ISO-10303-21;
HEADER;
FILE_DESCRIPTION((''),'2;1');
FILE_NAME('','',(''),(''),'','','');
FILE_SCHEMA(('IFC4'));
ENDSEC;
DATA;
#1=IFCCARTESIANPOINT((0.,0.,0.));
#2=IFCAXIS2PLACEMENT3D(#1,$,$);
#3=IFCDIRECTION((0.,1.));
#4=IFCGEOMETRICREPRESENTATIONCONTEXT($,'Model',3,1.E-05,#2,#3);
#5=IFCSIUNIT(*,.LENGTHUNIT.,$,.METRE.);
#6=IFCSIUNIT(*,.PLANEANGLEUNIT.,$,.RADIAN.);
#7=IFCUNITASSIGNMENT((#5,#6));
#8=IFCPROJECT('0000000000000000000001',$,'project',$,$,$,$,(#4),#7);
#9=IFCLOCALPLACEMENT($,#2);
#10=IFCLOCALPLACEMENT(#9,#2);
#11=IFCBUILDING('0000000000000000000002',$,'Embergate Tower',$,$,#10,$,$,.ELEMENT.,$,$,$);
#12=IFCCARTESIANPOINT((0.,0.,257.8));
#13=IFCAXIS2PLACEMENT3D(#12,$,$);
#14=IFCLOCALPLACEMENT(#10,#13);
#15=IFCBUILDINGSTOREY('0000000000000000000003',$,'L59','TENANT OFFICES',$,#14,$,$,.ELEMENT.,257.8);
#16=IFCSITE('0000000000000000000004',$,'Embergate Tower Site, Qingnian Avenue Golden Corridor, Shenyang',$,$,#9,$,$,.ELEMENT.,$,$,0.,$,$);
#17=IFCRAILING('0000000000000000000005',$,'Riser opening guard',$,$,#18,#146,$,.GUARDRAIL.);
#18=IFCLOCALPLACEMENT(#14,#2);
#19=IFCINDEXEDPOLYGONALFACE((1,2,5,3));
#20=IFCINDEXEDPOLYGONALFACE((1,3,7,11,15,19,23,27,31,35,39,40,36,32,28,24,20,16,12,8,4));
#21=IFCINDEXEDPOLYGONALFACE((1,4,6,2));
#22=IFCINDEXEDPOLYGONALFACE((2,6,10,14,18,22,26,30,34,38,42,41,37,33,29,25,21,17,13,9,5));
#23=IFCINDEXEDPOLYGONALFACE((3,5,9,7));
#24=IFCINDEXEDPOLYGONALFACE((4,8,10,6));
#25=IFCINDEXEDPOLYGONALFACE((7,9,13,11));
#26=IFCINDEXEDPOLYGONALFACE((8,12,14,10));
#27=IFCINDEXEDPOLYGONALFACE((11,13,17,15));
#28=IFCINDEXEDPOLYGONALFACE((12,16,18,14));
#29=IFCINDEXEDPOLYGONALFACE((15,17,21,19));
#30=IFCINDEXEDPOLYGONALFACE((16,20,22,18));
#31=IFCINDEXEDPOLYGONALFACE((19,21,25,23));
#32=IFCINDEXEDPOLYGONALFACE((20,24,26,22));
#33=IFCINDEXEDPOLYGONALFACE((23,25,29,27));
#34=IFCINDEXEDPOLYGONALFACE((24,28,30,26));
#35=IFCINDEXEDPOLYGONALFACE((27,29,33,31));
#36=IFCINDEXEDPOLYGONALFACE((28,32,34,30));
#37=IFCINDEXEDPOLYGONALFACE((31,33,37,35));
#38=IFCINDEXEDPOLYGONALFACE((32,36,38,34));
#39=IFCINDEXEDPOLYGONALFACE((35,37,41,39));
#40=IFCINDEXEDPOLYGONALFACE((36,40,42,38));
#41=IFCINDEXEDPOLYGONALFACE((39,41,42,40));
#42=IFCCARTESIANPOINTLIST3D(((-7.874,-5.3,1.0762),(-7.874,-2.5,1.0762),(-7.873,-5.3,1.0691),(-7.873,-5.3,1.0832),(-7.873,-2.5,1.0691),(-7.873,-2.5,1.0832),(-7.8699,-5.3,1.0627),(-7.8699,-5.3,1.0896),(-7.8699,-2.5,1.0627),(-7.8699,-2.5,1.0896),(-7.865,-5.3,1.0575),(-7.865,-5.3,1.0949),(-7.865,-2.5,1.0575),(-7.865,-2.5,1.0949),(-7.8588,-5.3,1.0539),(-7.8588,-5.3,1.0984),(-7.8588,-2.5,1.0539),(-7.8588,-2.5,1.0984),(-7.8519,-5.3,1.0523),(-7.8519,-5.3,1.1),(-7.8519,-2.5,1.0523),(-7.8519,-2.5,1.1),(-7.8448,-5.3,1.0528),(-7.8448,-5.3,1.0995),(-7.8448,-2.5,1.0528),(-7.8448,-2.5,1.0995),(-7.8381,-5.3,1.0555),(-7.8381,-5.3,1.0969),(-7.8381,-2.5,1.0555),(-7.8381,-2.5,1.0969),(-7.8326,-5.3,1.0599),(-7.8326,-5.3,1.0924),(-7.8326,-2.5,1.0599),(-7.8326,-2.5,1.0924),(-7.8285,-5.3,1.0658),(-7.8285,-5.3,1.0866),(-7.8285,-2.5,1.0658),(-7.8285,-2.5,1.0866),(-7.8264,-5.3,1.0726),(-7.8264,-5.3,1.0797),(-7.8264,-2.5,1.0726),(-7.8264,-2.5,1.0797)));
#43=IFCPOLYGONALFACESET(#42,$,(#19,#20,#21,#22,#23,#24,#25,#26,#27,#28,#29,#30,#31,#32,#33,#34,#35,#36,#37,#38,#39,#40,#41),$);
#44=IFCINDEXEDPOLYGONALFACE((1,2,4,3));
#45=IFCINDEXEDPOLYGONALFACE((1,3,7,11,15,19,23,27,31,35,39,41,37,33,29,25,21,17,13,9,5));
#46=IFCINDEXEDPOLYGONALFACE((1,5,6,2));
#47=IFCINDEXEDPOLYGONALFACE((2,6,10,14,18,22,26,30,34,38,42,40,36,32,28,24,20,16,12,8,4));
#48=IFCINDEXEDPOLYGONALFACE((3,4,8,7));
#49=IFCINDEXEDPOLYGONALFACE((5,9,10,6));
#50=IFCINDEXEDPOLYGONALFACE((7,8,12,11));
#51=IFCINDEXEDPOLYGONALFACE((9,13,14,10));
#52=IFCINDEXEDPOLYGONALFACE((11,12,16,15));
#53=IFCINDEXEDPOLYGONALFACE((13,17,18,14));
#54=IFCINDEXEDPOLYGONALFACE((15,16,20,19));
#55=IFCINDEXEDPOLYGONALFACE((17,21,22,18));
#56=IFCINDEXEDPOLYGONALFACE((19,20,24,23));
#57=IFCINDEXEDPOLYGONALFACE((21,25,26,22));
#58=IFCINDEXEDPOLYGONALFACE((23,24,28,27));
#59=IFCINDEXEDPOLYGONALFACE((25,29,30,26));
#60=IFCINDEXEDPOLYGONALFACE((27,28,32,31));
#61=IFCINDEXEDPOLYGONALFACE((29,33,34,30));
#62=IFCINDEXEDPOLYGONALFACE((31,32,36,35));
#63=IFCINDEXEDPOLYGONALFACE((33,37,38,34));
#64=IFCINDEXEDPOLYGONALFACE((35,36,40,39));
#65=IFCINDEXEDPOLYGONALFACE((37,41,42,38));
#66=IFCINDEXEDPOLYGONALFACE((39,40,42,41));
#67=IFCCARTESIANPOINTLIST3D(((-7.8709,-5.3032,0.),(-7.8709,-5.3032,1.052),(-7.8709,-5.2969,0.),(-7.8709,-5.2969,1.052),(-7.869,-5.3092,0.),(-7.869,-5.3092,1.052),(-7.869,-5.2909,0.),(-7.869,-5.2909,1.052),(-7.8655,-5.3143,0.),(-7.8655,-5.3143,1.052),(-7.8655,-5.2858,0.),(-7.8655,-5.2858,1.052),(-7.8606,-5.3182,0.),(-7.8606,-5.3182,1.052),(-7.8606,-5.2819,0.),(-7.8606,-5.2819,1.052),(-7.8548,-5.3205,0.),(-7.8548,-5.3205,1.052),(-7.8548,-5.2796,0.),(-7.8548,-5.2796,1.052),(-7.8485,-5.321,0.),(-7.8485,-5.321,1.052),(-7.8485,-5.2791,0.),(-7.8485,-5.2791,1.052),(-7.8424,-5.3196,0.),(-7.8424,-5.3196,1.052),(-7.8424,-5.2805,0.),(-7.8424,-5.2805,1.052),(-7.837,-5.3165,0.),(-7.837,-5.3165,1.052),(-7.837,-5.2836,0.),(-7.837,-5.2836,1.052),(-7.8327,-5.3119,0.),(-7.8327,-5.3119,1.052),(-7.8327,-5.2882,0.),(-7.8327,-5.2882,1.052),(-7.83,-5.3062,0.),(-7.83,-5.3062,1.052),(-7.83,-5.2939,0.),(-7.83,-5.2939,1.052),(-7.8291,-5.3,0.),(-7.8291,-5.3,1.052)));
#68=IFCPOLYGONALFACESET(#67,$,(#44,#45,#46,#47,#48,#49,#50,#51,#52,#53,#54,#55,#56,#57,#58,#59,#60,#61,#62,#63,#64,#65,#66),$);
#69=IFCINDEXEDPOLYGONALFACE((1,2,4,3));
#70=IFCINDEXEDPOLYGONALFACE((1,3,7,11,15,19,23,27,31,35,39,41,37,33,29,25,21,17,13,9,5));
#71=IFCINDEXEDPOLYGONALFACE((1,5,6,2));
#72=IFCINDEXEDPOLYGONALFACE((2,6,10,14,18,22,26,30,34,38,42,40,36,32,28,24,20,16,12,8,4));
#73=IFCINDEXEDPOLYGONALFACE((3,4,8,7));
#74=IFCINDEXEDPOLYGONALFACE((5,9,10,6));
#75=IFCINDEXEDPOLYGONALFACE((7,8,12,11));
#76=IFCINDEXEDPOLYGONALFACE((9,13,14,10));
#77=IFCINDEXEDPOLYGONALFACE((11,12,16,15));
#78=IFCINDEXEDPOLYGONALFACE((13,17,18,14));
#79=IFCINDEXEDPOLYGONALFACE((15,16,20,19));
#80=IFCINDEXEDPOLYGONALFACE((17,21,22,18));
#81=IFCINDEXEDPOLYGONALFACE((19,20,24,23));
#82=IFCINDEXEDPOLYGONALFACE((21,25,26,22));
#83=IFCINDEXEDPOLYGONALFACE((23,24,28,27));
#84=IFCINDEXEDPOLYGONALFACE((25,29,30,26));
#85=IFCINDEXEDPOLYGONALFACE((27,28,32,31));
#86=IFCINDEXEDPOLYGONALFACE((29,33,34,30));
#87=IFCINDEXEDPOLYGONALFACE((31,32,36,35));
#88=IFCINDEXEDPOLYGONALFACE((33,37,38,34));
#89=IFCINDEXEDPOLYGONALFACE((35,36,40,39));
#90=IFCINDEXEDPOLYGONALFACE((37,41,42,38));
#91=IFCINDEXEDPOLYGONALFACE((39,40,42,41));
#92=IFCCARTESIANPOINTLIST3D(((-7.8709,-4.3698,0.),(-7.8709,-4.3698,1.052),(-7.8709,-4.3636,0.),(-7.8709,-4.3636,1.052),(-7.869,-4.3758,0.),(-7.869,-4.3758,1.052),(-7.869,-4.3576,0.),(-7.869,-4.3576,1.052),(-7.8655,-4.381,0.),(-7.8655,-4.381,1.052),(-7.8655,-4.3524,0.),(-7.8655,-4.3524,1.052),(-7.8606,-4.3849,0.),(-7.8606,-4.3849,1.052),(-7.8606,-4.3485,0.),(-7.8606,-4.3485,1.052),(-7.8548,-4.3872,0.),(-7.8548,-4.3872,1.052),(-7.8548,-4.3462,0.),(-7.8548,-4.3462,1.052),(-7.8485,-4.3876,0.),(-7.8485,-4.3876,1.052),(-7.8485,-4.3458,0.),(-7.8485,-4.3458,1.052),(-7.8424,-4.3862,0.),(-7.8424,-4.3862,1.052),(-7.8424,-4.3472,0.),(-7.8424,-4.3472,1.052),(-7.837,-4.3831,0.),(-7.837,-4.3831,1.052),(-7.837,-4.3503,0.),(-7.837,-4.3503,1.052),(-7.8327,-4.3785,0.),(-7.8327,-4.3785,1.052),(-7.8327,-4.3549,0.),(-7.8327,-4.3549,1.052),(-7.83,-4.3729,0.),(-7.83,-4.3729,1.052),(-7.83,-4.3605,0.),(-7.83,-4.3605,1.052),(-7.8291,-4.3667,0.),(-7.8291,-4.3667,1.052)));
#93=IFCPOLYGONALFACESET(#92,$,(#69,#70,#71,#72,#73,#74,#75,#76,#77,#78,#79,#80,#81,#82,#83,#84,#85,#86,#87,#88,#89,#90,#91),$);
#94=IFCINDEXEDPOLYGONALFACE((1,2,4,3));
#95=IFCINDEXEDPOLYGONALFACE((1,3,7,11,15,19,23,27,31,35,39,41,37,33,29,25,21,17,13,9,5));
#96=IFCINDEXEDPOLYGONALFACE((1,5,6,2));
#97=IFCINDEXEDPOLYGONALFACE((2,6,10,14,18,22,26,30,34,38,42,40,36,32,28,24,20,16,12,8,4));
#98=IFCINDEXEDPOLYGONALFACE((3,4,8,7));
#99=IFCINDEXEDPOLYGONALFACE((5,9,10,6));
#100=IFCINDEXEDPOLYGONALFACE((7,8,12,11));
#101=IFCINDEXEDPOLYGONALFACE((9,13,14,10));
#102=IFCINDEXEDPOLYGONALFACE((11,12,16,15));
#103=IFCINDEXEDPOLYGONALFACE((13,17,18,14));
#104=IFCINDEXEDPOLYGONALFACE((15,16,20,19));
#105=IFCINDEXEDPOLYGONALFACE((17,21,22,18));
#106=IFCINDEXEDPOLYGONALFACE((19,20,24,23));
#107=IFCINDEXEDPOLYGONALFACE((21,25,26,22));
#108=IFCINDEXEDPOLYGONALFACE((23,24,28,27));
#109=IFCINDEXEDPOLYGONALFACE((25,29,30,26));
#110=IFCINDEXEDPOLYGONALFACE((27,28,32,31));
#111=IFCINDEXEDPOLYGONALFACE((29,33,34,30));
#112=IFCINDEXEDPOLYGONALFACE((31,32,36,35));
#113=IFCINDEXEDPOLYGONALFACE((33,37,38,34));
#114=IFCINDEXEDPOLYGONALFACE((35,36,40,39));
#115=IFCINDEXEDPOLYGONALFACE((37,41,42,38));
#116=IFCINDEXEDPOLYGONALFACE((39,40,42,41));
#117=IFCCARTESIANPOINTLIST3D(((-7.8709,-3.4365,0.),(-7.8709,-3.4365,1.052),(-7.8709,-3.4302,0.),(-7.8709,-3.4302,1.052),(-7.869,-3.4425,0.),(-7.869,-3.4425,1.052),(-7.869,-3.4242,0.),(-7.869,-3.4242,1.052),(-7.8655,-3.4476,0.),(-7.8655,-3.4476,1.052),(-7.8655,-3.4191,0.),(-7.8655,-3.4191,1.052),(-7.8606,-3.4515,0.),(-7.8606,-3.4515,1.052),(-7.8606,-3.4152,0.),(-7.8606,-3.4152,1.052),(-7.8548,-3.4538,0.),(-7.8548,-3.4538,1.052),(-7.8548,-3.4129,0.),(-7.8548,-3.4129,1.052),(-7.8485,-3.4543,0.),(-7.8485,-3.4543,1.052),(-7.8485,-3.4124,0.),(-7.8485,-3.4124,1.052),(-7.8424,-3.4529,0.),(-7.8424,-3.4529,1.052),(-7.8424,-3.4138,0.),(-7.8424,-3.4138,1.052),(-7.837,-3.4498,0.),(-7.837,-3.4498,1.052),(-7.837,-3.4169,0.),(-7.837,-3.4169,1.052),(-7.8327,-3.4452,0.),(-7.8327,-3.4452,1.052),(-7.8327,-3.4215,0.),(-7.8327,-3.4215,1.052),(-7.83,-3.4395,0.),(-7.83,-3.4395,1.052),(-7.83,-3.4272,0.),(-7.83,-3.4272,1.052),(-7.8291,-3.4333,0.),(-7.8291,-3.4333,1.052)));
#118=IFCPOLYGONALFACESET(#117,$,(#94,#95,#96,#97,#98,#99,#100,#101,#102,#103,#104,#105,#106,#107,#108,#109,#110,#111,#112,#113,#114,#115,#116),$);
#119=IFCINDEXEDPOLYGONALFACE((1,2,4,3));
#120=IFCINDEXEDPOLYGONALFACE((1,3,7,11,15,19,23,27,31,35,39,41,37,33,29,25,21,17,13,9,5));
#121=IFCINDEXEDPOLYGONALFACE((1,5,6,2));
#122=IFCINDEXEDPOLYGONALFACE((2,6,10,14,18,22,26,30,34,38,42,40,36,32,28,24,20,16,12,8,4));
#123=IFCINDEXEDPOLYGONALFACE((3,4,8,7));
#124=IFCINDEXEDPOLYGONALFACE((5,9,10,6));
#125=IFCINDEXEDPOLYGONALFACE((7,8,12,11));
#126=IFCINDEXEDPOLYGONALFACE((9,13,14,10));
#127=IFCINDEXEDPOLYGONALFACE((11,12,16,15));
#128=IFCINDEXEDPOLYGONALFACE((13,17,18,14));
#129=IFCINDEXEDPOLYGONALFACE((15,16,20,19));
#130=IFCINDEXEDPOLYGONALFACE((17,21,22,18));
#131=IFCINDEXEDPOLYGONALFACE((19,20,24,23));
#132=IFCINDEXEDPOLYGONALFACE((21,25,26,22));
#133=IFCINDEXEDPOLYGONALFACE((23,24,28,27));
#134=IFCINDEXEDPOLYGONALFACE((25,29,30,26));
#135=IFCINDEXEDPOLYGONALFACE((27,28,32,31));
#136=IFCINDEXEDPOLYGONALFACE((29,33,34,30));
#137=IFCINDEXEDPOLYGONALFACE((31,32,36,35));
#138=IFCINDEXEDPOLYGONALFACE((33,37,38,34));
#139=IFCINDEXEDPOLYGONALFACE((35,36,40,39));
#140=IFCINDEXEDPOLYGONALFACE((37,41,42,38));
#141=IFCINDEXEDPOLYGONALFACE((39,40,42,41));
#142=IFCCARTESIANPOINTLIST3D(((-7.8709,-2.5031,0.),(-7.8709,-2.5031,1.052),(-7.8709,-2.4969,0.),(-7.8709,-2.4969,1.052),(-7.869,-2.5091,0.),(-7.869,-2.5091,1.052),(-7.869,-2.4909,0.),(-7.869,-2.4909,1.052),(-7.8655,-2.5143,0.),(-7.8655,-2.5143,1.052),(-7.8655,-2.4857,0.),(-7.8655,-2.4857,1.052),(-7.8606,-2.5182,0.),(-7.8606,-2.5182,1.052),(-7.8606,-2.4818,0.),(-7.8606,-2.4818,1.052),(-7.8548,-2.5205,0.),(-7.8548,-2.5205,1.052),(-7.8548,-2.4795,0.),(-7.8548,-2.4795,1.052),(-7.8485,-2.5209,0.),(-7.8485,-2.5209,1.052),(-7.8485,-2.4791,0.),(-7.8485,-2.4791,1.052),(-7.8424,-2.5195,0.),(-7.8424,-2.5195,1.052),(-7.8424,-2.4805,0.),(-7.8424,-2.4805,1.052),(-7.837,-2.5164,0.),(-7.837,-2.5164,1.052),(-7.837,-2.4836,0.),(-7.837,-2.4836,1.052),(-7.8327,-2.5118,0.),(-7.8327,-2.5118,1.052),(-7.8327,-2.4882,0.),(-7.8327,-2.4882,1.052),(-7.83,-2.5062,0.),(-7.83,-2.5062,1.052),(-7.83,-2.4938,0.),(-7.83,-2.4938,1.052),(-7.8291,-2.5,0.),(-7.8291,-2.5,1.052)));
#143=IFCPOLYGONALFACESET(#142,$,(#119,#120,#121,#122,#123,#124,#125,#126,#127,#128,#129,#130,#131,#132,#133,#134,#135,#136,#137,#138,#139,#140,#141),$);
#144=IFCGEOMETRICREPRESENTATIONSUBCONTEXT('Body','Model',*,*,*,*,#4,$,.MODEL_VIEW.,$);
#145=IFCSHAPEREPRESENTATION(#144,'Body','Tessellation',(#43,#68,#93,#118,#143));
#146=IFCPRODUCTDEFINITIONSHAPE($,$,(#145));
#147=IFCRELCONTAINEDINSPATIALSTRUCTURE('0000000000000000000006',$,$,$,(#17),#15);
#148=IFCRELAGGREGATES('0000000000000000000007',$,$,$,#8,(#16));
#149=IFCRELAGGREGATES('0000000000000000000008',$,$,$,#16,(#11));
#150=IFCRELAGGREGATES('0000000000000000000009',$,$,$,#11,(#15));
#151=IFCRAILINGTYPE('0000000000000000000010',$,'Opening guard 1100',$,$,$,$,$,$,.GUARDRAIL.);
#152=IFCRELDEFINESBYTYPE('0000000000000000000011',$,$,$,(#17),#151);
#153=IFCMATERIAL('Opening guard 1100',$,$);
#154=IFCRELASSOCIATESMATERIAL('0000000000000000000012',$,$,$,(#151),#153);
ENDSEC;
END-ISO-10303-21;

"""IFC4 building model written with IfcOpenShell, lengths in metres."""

from ifc_helpers import new_model, si_unit, direction, frame, origin, origin_2d, place, context, subcontext, project, spatial, circle, extrude, source, transform, mapped, material, type_object, element, save


model = new_model("IFC4")

# Units and contexts
model_context = context("Model", 3, precision=1e-05, world=origin(), true_north=direction((0.0, 1.0)))
body_context = subcontext(model_context, "Body", "Model", "MODEL_VIEW")
ifc_project = project(units=[si_unit("LENGTHUNIT", "METRE"), si_unit("PLANEANGLEUNIT", "RADIAN")], contexts=[model_context])

# Site, building, storey
site_placement = place(None, origin())
site = spatial("IfcSite", under=ifc_project, at=site_placement, Name="Embergate Tower Site, Qingnian Avenue Golden Corridor, Shenyang", CompositionType="ELEMENT", RefElevation=0.0)
building_placement = place(site_placement, origin())
building = spatial("IfcBuilding", under=site, at=building_placement, Name="Embergate Tower", CompositionType="ELEMENT")
storey_placement = place(building_placement, frame((0.0, 0.0, 257.8)))
storey = spatial("IfcBuildingStorey", under=building, at=storey_placement, Name="L59", Description="TENANT OFFICES", CompositionType="ELEMENT", Elevation=257.8)

# Railing
ifc_material_1 = material(Name="Opening guard 1100")
railing_type_1 = type_object("IfcRailingType", Name="Opening guard 1100", PredefinedType="GUARDRAIL", material=ifc_material_1)
shared_shape_1 = source(origin(), body_context, "Body", "SweptSolid", [
    extrude(circle(Radius=0.0239, at=origin_2d()), frame((0.0, 0.0, 1.0762), z_axis=(0.0, 1.0, 0.0), x_axis=(-1.0, 0.0, 0.0)), (0.0, 0.0, 1.0), 2.8),
    extrude(circle(Radius=0.021, at=origin_2d()), origin(), (0.0, 0.0, 1.0), 1.052),
    extrude(circle(Radius=0.021, at=origin_2d()), frame((0.0, 0.9333, 0.0)), (0.0, 0.0, 1.0), 1.052),
    extrude(circle(Radius=0.021, at=origin_2d()), frame((0.0, 1.8667, 0.0)), (0.0, 0.0, 1.0), 1.052),
    extrude(circle(Radius=0.021, at=origin_2d()), frame((0.0, 2.8, 0.0)), (0.0, 0.0, 1.0), 1.052),
])
railing_1_placement = place(storey_placement, frame((-7.8501, -5.3, 0.0)))
element("IfcRailing", 1, at=railing_1_placement, inside=storey, type_object=railing_type_1, Name="Riser opening guard", PredefinedType="GUARDRAIL", context=body_context, shape_type="MappedRepresentation", body=[
    mapped(shared_shape_1, transform((0.0, 0.0, 0.0))),
])

save(model, "model.ifc")
